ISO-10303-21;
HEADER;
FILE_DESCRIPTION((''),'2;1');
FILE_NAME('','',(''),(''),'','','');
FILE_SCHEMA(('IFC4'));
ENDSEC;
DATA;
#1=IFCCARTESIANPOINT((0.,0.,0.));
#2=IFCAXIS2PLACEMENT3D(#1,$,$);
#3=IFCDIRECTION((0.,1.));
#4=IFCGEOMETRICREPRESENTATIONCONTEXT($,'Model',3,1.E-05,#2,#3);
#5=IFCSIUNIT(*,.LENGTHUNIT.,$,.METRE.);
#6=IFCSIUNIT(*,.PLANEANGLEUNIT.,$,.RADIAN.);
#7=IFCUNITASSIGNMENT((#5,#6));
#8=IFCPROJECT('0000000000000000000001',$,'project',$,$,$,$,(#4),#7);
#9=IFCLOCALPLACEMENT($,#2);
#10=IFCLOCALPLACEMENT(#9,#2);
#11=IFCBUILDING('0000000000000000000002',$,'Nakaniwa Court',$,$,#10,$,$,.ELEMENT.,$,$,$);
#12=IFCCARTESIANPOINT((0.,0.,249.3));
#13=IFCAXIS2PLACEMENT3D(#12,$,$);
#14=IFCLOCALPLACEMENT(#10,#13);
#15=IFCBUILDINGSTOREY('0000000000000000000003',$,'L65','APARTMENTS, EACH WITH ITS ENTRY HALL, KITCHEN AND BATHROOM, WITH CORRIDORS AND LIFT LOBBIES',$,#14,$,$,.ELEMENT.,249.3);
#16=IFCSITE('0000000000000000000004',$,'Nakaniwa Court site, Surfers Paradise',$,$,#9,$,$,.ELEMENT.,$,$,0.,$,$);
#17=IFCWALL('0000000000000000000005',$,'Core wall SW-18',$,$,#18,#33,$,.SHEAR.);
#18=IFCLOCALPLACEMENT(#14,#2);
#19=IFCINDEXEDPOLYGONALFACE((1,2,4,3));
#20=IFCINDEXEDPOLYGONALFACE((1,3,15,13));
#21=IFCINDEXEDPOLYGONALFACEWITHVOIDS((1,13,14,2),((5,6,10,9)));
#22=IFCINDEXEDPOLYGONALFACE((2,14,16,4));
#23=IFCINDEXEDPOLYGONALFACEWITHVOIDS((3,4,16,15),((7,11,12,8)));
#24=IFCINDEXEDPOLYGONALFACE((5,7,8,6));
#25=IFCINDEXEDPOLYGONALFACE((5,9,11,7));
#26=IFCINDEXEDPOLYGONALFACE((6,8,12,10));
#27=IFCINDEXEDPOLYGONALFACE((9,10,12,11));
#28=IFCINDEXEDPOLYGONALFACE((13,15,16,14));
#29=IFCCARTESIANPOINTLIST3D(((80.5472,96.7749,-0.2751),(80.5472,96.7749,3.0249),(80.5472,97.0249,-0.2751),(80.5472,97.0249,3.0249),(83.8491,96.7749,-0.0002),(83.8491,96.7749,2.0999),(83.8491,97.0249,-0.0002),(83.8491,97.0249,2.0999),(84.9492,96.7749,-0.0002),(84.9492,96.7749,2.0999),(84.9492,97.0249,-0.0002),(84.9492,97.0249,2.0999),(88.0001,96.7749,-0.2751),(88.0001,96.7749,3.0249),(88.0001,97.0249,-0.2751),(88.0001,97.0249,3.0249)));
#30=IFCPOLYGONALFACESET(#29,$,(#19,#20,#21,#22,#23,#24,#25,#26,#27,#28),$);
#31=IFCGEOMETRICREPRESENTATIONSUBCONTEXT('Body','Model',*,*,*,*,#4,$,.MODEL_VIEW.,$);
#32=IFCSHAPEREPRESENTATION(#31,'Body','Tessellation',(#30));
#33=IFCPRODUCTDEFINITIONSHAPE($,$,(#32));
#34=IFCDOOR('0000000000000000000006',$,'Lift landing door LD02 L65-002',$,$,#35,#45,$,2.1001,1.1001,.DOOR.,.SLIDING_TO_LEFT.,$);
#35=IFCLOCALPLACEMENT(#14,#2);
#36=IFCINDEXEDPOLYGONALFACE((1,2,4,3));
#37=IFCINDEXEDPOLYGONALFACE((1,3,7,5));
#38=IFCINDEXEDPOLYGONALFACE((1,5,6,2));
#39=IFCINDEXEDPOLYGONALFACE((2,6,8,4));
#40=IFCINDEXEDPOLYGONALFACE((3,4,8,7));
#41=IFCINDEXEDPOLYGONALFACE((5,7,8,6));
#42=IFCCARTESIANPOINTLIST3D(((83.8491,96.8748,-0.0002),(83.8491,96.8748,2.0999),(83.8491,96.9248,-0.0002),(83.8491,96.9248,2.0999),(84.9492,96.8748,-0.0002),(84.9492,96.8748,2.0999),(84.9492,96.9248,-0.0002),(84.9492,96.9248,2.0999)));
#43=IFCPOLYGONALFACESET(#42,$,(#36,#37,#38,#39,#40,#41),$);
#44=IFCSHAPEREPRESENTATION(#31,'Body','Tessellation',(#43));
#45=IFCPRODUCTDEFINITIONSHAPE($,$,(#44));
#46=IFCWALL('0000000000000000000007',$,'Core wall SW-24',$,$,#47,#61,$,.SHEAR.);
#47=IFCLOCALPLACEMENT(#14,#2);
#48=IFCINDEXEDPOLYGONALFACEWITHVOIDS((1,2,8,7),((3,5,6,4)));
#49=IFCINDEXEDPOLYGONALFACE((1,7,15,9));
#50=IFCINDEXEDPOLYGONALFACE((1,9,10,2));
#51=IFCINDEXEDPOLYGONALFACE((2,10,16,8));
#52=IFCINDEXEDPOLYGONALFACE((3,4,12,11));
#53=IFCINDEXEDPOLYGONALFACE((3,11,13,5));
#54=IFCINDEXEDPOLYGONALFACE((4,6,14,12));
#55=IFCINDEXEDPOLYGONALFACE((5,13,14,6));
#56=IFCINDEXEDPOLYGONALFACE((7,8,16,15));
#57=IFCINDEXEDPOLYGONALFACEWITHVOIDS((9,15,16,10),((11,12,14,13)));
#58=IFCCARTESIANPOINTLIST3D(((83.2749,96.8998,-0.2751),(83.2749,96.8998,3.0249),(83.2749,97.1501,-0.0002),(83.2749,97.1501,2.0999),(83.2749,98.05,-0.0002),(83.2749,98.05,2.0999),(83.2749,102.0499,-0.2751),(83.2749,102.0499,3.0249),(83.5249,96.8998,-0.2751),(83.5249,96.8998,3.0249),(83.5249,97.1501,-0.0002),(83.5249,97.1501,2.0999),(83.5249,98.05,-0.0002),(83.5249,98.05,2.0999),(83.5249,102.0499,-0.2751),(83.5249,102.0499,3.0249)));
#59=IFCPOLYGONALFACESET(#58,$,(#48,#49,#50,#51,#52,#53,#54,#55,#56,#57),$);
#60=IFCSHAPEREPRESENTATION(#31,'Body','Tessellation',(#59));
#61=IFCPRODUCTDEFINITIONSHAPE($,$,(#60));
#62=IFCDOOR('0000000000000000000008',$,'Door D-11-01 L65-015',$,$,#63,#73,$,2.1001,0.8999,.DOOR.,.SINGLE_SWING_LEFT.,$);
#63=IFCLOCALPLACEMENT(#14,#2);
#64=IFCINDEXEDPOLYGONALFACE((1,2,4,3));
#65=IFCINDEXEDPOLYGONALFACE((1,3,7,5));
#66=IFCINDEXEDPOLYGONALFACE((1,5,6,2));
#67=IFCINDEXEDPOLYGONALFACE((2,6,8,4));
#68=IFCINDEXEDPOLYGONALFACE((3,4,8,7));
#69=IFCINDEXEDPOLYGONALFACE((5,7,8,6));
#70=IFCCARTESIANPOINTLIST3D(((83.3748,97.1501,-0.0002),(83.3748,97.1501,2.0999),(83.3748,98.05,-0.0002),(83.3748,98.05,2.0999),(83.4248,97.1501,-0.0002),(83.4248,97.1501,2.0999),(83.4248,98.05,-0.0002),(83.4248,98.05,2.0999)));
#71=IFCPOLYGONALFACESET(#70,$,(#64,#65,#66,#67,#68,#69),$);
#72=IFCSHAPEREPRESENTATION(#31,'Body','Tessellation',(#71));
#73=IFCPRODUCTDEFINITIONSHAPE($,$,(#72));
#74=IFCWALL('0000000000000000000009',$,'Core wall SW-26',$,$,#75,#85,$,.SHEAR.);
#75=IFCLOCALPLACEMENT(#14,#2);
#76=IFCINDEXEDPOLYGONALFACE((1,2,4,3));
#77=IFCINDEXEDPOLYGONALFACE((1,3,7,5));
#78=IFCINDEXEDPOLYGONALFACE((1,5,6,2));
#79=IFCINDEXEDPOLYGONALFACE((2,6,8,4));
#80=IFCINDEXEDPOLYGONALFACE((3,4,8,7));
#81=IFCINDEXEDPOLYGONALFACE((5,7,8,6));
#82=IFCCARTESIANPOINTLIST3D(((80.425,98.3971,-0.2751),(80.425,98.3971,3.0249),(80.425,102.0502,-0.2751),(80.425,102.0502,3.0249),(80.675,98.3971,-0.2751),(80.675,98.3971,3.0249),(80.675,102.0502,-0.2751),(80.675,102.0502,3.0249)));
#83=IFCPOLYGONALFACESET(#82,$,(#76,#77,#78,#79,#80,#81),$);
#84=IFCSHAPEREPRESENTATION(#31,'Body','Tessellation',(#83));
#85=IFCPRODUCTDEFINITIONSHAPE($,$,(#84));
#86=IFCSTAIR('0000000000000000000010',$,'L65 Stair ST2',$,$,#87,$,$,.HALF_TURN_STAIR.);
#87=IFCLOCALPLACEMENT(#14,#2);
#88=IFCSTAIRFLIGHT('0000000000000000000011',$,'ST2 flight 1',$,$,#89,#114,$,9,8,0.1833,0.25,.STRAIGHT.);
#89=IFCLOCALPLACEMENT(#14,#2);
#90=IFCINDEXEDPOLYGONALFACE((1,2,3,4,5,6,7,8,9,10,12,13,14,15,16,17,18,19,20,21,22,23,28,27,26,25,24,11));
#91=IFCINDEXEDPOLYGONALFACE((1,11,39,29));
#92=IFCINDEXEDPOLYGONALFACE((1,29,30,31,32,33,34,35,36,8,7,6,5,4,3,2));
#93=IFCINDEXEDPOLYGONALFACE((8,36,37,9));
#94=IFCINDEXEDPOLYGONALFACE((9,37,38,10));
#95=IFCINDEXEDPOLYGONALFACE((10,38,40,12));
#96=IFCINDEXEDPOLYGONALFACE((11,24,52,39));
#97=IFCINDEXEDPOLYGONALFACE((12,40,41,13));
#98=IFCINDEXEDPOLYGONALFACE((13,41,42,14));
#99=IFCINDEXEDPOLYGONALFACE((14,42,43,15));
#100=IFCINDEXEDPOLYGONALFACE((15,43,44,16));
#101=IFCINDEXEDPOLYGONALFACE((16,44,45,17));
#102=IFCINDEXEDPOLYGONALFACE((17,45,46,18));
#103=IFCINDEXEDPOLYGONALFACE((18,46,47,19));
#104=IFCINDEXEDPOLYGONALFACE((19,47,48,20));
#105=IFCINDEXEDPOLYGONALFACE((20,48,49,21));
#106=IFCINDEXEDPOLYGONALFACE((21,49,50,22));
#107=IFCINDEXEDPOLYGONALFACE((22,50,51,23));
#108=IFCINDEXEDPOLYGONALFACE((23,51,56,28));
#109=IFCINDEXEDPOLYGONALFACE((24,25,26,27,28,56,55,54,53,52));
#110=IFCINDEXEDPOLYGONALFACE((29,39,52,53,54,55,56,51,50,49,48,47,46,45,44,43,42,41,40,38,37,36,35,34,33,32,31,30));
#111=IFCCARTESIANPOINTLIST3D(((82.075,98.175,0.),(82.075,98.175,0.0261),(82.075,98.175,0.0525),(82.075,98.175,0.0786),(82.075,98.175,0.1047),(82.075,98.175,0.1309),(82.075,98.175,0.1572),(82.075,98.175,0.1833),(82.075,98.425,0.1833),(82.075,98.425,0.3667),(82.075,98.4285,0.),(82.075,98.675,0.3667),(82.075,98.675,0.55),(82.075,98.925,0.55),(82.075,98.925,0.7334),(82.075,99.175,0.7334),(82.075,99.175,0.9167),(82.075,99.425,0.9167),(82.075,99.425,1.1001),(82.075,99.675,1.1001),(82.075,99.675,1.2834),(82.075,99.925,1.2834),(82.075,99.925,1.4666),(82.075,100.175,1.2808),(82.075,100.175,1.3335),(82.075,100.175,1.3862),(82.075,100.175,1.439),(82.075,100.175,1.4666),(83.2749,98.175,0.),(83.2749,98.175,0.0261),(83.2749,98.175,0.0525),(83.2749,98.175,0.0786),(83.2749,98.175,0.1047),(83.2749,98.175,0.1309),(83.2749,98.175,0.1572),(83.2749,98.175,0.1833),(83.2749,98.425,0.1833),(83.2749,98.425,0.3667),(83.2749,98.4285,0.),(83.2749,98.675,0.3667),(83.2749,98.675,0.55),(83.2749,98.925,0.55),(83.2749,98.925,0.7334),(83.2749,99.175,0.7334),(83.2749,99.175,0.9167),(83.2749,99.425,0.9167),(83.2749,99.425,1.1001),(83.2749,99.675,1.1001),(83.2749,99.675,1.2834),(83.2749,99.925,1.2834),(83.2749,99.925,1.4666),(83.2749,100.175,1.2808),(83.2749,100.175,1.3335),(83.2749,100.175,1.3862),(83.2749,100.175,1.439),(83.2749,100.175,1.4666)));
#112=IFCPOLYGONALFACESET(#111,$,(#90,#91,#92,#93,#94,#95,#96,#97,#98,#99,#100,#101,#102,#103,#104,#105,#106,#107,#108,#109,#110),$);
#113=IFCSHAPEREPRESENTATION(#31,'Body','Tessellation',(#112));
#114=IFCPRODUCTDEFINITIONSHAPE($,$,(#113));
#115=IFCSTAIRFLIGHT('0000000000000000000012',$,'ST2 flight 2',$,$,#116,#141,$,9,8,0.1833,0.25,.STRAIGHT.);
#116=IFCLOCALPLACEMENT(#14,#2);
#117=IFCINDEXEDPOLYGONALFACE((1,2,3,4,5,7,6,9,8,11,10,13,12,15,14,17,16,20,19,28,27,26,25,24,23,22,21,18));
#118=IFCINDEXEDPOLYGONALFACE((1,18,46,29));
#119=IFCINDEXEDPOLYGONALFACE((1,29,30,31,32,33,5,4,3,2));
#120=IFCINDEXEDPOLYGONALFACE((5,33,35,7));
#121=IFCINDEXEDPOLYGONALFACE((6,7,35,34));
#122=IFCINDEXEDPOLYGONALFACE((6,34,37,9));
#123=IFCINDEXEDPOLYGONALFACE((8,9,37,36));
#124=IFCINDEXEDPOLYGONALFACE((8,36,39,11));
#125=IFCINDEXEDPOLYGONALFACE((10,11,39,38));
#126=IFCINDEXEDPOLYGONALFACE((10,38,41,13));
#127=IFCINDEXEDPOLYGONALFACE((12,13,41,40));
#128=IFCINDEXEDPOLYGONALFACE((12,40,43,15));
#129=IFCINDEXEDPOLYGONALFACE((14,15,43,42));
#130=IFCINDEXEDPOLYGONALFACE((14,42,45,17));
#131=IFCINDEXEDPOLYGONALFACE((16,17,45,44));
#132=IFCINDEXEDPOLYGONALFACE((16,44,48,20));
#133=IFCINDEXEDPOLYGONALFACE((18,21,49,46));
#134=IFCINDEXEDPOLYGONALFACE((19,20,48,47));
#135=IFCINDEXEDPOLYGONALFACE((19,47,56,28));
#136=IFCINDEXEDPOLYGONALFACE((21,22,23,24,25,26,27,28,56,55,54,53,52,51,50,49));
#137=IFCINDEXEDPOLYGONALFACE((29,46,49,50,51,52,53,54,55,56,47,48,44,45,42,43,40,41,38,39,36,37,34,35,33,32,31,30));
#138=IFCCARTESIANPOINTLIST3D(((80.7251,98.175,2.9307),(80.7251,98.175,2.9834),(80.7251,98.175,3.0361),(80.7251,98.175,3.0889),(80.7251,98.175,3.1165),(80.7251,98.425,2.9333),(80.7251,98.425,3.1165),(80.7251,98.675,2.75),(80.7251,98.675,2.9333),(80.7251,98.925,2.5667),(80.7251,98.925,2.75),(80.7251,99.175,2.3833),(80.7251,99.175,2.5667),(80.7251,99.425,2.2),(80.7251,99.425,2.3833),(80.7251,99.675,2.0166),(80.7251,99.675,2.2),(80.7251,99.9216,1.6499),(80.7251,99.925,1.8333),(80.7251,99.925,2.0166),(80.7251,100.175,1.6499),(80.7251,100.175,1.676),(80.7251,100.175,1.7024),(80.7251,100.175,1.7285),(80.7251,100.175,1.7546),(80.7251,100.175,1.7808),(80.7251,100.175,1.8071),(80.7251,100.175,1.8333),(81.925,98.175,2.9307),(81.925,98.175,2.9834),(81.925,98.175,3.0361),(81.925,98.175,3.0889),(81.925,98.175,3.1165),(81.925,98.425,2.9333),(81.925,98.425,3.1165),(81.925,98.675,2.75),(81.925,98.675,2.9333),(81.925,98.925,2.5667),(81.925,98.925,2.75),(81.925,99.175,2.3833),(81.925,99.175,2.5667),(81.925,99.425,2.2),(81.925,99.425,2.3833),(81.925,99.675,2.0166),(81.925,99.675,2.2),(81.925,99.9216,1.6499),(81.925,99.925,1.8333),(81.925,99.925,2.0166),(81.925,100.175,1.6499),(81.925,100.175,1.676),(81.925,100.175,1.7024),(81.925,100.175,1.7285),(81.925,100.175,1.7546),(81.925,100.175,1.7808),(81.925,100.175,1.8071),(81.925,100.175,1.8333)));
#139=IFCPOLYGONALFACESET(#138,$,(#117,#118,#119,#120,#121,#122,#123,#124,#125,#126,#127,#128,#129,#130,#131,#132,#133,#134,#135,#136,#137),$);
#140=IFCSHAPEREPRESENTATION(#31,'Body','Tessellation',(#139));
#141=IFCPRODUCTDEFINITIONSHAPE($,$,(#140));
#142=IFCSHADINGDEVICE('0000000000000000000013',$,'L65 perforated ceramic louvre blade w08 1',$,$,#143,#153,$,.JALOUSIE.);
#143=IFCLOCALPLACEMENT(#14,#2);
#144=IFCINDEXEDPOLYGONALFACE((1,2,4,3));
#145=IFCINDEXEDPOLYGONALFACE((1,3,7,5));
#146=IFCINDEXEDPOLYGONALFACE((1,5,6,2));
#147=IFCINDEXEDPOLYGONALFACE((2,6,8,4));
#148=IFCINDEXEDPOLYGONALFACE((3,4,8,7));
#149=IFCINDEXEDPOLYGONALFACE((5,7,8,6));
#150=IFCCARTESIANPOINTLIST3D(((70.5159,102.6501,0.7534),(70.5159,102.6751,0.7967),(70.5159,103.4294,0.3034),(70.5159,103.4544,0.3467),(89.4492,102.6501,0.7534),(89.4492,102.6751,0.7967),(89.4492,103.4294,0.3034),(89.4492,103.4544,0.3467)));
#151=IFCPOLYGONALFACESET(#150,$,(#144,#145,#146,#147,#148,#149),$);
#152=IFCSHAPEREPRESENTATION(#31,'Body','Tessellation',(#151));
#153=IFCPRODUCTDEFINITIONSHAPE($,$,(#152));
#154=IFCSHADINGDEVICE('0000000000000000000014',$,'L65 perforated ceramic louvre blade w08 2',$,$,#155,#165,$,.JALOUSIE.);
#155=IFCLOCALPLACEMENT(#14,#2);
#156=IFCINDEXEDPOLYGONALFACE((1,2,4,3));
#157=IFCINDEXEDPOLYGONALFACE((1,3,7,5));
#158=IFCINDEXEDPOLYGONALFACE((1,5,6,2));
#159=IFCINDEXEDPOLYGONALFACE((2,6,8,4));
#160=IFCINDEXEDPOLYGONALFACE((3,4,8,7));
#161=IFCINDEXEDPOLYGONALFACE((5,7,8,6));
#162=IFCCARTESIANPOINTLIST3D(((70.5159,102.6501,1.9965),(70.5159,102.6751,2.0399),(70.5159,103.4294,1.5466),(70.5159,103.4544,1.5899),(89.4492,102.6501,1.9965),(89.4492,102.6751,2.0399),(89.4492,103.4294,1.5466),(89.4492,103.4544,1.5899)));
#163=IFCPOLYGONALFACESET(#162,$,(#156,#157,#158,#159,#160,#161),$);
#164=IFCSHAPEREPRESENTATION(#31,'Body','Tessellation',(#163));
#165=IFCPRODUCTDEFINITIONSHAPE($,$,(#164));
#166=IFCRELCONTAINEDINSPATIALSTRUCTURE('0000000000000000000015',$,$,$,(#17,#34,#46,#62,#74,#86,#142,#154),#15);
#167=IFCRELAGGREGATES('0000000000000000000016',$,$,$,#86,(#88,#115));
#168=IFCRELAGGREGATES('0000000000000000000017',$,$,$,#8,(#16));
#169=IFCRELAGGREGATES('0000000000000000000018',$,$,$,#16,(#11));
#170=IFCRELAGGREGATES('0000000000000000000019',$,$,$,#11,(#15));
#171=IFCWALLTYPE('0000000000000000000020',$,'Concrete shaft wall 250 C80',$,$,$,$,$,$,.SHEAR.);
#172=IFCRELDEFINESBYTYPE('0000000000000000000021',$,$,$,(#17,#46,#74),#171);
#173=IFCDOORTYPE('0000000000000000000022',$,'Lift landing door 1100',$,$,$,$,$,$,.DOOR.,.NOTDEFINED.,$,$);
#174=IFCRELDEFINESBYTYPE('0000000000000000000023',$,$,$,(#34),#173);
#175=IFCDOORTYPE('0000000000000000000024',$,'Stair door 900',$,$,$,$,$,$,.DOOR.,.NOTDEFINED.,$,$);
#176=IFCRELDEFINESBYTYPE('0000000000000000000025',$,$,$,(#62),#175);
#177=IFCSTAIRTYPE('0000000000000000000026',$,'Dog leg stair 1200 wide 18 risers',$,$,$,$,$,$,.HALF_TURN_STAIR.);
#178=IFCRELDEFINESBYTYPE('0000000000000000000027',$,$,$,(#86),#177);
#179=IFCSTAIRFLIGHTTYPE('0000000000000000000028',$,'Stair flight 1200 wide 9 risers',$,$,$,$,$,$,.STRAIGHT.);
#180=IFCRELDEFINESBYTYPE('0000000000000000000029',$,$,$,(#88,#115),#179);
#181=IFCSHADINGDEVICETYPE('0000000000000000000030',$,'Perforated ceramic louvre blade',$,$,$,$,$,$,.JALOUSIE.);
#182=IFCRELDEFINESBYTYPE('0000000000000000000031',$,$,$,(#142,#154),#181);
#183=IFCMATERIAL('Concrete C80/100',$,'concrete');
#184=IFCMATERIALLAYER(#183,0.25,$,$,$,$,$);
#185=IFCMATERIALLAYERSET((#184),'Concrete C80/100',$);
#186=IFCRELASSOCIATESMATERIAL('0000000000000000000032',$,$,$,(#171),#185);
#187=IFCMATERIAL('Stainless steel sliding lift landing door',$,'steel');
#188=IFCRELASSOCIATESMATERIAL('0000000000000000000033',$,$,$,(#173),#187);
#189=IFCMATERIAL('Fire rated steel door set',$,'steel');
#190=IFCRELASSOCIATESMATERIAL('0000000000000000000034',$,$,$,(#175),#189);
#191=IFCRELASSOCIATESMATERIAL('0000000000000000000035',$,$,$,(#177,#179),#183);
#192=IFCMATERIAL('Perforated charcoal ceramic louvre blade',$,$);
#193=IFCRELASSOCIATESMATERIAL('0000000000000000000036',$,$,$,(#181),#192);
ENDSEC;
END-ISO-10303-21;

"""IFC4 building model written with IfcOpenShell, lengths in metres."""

from ifc_helpers import new_model, si_unit, direction, frame, frame_2d, origin, origin_2d, place, context, subcontext, project, spatial, polyline, rectangle, outline, extrude, material, layer, layer_set, material_profile, profile_set, type_object, element, fill, aggregate, save


model = new_model("IFC4")

# Units and contexts
model_context = context("Model", 3, precision=1e-05, world=origin(), true_north=direction((0.0, 1.0)))
body_context = subcontext(model_context, "Body", "Model", "MODEL_VIEW")
ifc_project = project(units=[si_unit("LENGTHUNIT", "METRE"), si_unit("PLANEANGLEUNIT", "RADIAN")], contexts=[model_context])

# Site, building, storey
site_placement = place(None, origin())
site = spatial("IfcSite", under=ifc_project, at=site_placement, Name="Nakaniwa Court site, Surfers Paradise", CompositionType="ELEMENT", RefElevation=0.0)
building_placement = place(site_placement, origin())
building = spatial("IfcBuilding", under=site, at=building_placement, Name="Nakaniwa Court", CompositionType="ELEMENT")
storey_placement = place(building_placement, frame((0.0, 0.0, 249.3)))
storey = spatial("IfcBuildingStorey", under=building, at=storey_placement, Name="L65", Description="APARTMENTS, EACH WITH ITS ENTRY HALL, KITCHEN AND BATHROOM, WITH CORRIDORS AND LIFT LOBBIES", CompositionType="ELEMENT", Elevation=249.3)

# Shared definitions
ifc_material_1 = material(Name="Fire rated steel door set", Category="steel")

# Shared definitions
ifc_material_2 = material(Name="Concrete C80/100", Category="concrete")

# Shared definitions
ifc_layer_1 = layer(ifc_material_2, 0.25)
ifc_layer_set_1 = layer_set([ifc_layer_1], Name="Concrete C80/100")
wall_type_1 = type_object("IfcWallType", Name="Concrete shaft wall 250 C80", PredefinedType="SHEAR", material=ifc_layer_set_1)

# Walls, openings, doors
wall_1_placement = place(storey_placement, frame((80.5471, 96.8999, -0.2751), z_axis=(0.0, 0.0, 1.0), x_axis=(1.0, 0.0, 0.0)))
wall_1 = element("IfcWall", 1, at=wall_1_placement, inside=storey, type_object=wall_type_1, Name="Core wall SW-18", PredefinedType="SHEAR", context=body_context, shape_type="SweptSolid", body=[
    extrude(rectangle(XDim=7.4529, YDim=0.25, at=frame_2d((3.7266, 0.0))), origin(), (0.0, 0.0, 1.0), 3.3),
])
opening_1_placement = place(wall_1_placement, frame((3.302, 0.0, 0.2749)))
opening_1 = element("IfcOpeningElement", 2, at=opening_1_placement, cuts=wall_1, PredefinedType="OPENING", context=body_context, shape_type="SweptSolid", body=[
    extrude(rectangle(XDim=1.1001, YDim=2.1001, at=frame_2d((0.55, 1.05))), frame((0.0, 0.135, 0.0), z_axis=(0.0, -1.0, 0.0), x_axis=(1.0, 0.0, 0.0)), (0.0, 0.0, 1.0), 0.27),
])
ifc_material_3 = material(Name="Stainless steel sliding lift landing door", Category="steel")
door_type_1 = type_object("IfcDoorType", Name="Lift landing door 1100", OperationType="NOTDEFINED", PredefinedType="DOOR", material=ifc_material_3)
door_1_placement = place(opening_1_placement, origin())
door_1 = element("IfcDoor", 3, at=door_1_placement, inside=storey, type_object=door_type_1, Name="Lift landing door LD02 L65-002", OperationType="SLIDING_TO_LEFT", OverallHeight=2.1001, OverallWidth=1.1001, PredefinedType="DOOR", context=body_context, shape_type="SweptSolid", body=[
    extrude(rectangle(XDim=1.1001, YDim=2.1001, at=frame_2d((0.55, 1.05))), frame((0.0, 0.0249, 0.0), z_axis=(0.0, -1.0, 0.0), x_axis=(1.0, 0.0, 0.0)), (0.0, 0.0, 1.0), 0.05),
])
fill(opening_1, door_1)
wall_2_placement = place(storey_placement, frame((83.3999, 102.05, -0.2751), z_axis=(0.0, 0.0, 1.0), x_axis=(0.0, -1.0, 0.0)))
wall_2 = element("IfcWall", 4, at=wall_2_placement, inside=storey, type_object=wall_type_1, Name="Core wall SW-24", PredefinedType="SHEAR", context=body_context, shape_type="SweptSolid", body=[
    extrude(rectangle(XDim=5.1501, YDim=0.25, at=frame_2d((2.5752, 0.0))), origin(), (0.0, 0.0, 1.0), 3.3),
])
opening_2_placement = place(wall_2_placement, frame((4.0, 0.0, 0.2749)))
opening_2 = element("IfcOpeningElement", 5, at=opening_2_placement, cuts=wall_2, PredefinedType="OPENING", context=body_context, shape_type="SweptSolid", body=[
    extrude(rectangle(XDim=0.8999, YDim=2.1001, at=frame_2d((0.45, 1.05))), frame((0.0, 0.135, 0.0), z_axis=(0.0, -1.0, 0.0), x_axis=(1.0, 0.0, 0.0)), (0.0, 0.0, 1.0), 0.27),
])
door_type_2 = type_object("IfcDoorType", Name="Stair door 900", OperationType="NOTDEFINED", PredefinedType="DOOR", material=ifc_material_1)
door_2_placement = place(opening_2_placement, origin())
door_2 = element("IfcDoor", 6, at=door_2_placement, inside=storey, type_object=door_type_2, Name="Door D-11-01 L65-015", OperationType="SINGLE_SWING_LEFT", OverallHeight=2.1001, OverallWidth=0.8999, PredefinedType="DOOR", context=body_context, shape_type="SweptSolid", body=[
    extrude(rectangle(XDim=0.8999, YDim=2.1001, at=frame_2d((0.45, 1.05))), frame((0.0, 0.0249, 0.0), z_axis=(0.0, -1.0, 0.0), x_axis=(1.0, 0.0, 0.0)), (0.0, 0.0, 1.0), 0.05),
])
fill(opening_2, door_2)

# Wall
wall_3_placement = place(storey_placement, frame((80.55, 98.397, -0.2751), z_axis=(0.0, 0.0, 1.0), x_axis=(0.0, 1.0, 0.0)))
element("IfcWall", 7, at=wall_3_placement, inside=storey, type_object=wall_type_1, Name="Core wall SW-26", PredefinedType="SHEAR", context=body_context, shape_type="SweptSolid", body=[
    extrude(rectangle(XDim=3.6531, YDim=0.25, at=frame_2d((1.8267, 0.0))), origin(), (0.0, 0.0, 1.0), 3.3),
])

# Stair, stair flights
stair_type = type_object("IfcStairType", Name="Dog leg stair 1200 wide 18 risers", PredefinedType="HALF_TURN_STAIR", material=ifc_material_2)
stair_placement = place(storey_placement, origin())
stair = element("IfcStair", 8, at=stair_placement, inside=storey, type_object=stair_type, Name="L65 Stair ST2", PredefinedType="HALF_TURN_STAIR")
stair_flight_type = type_object("IfcStairFlightType", Name="Stair flight 1200 wide 9 risers", PredefinedType="STRAIGHT", material=ifc_material_2)
stair_flight_1_placement = place(storey_placement, frame((82.675, 98.175, 0.0), z_axis=(0.0, 0.0, 1.0), x_axis=(0.0, 1.0, 0.0)))
stair_flight_1 = element("IfcStairFlight", 9, at=stair_flight_1_placement, type_object=stair_flight_type, Name="ST2 flight 1", NumberOfRisers=9, NumberOfTreads=8, PredefinedType="STRAIGHT", RiserHeight=0.1833, TreadLength=0.25, context=body_context, shape_type="SweptSolid", body=[
    extrude(outline(polyline([(0.0, 0.0), (0.0, 0.0261), (0.0, 0.0525), (0.0, 0.0786), (0.0, 0.1047), (0.0, 0.1309), (0.0, 0.1572), (0.0, 0.1833), (0.25, 0.1833), (0.25, 0.3667), (0.5, 0.3667), (0.5, 0.55), (0.75, 0.55), (0.75, 0.7334), (1.0, 0.7334), (1.0, 0.9167), (1.25, 0.9167), (1.25, 1.1001), (1.5, 1.1001), (1.5, 1.2834), (1.75, 1.2834), (1.75, 1.4666), (2.0, 1.4666), (2.0, 1.6499), (2.0, 1.5972), (2.0, 1.5444), (2.0, 1.4917), (2.0, 1.439), (2.0, 1.3862), (2.0, 1.3335), (2.0, 1.2808), (0.2534, 0.0), (0.0, 0.0)])), frame((0.0, 0.6001, 0.0), z_axis=(0.0, -1.0, 0.0), x_axis=(1.0, 0.0, 0.0)), (0.0, 0.0, 1.0), 1.2),
])
stair_flight_2_placement = place(storey_placement, frame((81.325, 100.175, 1.6499), z_axis=(0.0, 0.0, 1.0), x_axis=(0.0, -1.0, 0.0)))
stair_flight_2 = element("IfcStairFlight", 10, at=stair_flight_2_placement, type_object=stair_flight_type, Name="ST2 flight 2", NumberOfRisers=9, NumberOfTreads=8, PredefinedType="STRAIGHT", RiserHeight=0.1833, TreadLength=0.25, context=body_context, shape_type="SweptSolid", body=[
    extrude(outline(polyline([(0.0, 0.0), (0.0, 0.0261), (0.0, 0.0525), (0.0, 0.0786), (0.0, 0.1047), (0.0, 0.1309), (0.0, 0.1572), (0.0, 0.1833), (0.25, 0.1833), (0.25, 0.3667), (0.5, 0.3667), (0.5, 0.55), (0.75, 0.55), (0.75, 0.7334), (1.0, 0.7334), (1.0, 0.9167), (1.25, 0.9167), (1.25, 1.1001), (1.5, 1.1001), (1.5, 1.2834), (1.75, 1.2834), (1.75, 1.4666), (2.0, 1.4666), (2.0, 1.6499), (2.0, 1.5972), (2.0, 1.5444), (2.0, 1.4917), (2.0, 1.439), (2.0, 1.3862), (2.0, 1.3335), (2.0, 1.2808), (0.2534, 0.0), (0.0, 0.0)])), frame((0.0, 0.6001, 0.0), z_axis=(0.0, -1.0, 0.0), x_axis=(1.0, 0.0, 0.0)), (0.0, 0.0, 1.0), 1.2),
])
aggregate(stair, [stair_flight_1, stair_flight_2])

# Shading devices
ifc_material_4 = material(Name="Perforated charcoal ceramic louvre blade")
ifc_material_profile = material_profile(ifc_material_4, rectangle(XDim=0.8999, YDim=0.05, at=origin_2d()), Name="Perforated ceramic louvre blade")
ifc_profile_set = profile_set([ifc_material_profile], Name="Perforated charcoal ceramic louvre blade")
shading_device_type = type_object("IfcShadingDeviceType", Name="Perforated ceramic louvre blade", PredefinedType="JALOUSIE", material=ifc_profile_set)
for number, where, z_axis, x_axis, name in (
    (11, (89.4492, 103.0522, 0.55), (-1.0, 0.0, 0.0), (0.0, -0.866025, 0.5), "L65 perforated ceramic louvre blade w08 1"),
    (12, (89.4492, 103.0522, 1.7932), (-1.0, 0.0, 0.0), (0.0, -0.866025, 0.5), "L65 perforated ceramic louvre blade w08 2"),
):
    element("IfcShadingDevice", number, at=place(storey_placement, frame(where, z_axis=z_axis, x_axis=x_axis)), inside=storey, type_object=shading_device_type, Name=name, PredefinedType="JALOUSIE", context=body_context, shape_type="SweptSolid", body=[
        extrude(rectangle(XDim=0.8999, YDim=0.05, at=origin_2d()), origin(), (0.0, 0.0, 1.0), 18.9333),
    ])

save(model, "model.ifc")
